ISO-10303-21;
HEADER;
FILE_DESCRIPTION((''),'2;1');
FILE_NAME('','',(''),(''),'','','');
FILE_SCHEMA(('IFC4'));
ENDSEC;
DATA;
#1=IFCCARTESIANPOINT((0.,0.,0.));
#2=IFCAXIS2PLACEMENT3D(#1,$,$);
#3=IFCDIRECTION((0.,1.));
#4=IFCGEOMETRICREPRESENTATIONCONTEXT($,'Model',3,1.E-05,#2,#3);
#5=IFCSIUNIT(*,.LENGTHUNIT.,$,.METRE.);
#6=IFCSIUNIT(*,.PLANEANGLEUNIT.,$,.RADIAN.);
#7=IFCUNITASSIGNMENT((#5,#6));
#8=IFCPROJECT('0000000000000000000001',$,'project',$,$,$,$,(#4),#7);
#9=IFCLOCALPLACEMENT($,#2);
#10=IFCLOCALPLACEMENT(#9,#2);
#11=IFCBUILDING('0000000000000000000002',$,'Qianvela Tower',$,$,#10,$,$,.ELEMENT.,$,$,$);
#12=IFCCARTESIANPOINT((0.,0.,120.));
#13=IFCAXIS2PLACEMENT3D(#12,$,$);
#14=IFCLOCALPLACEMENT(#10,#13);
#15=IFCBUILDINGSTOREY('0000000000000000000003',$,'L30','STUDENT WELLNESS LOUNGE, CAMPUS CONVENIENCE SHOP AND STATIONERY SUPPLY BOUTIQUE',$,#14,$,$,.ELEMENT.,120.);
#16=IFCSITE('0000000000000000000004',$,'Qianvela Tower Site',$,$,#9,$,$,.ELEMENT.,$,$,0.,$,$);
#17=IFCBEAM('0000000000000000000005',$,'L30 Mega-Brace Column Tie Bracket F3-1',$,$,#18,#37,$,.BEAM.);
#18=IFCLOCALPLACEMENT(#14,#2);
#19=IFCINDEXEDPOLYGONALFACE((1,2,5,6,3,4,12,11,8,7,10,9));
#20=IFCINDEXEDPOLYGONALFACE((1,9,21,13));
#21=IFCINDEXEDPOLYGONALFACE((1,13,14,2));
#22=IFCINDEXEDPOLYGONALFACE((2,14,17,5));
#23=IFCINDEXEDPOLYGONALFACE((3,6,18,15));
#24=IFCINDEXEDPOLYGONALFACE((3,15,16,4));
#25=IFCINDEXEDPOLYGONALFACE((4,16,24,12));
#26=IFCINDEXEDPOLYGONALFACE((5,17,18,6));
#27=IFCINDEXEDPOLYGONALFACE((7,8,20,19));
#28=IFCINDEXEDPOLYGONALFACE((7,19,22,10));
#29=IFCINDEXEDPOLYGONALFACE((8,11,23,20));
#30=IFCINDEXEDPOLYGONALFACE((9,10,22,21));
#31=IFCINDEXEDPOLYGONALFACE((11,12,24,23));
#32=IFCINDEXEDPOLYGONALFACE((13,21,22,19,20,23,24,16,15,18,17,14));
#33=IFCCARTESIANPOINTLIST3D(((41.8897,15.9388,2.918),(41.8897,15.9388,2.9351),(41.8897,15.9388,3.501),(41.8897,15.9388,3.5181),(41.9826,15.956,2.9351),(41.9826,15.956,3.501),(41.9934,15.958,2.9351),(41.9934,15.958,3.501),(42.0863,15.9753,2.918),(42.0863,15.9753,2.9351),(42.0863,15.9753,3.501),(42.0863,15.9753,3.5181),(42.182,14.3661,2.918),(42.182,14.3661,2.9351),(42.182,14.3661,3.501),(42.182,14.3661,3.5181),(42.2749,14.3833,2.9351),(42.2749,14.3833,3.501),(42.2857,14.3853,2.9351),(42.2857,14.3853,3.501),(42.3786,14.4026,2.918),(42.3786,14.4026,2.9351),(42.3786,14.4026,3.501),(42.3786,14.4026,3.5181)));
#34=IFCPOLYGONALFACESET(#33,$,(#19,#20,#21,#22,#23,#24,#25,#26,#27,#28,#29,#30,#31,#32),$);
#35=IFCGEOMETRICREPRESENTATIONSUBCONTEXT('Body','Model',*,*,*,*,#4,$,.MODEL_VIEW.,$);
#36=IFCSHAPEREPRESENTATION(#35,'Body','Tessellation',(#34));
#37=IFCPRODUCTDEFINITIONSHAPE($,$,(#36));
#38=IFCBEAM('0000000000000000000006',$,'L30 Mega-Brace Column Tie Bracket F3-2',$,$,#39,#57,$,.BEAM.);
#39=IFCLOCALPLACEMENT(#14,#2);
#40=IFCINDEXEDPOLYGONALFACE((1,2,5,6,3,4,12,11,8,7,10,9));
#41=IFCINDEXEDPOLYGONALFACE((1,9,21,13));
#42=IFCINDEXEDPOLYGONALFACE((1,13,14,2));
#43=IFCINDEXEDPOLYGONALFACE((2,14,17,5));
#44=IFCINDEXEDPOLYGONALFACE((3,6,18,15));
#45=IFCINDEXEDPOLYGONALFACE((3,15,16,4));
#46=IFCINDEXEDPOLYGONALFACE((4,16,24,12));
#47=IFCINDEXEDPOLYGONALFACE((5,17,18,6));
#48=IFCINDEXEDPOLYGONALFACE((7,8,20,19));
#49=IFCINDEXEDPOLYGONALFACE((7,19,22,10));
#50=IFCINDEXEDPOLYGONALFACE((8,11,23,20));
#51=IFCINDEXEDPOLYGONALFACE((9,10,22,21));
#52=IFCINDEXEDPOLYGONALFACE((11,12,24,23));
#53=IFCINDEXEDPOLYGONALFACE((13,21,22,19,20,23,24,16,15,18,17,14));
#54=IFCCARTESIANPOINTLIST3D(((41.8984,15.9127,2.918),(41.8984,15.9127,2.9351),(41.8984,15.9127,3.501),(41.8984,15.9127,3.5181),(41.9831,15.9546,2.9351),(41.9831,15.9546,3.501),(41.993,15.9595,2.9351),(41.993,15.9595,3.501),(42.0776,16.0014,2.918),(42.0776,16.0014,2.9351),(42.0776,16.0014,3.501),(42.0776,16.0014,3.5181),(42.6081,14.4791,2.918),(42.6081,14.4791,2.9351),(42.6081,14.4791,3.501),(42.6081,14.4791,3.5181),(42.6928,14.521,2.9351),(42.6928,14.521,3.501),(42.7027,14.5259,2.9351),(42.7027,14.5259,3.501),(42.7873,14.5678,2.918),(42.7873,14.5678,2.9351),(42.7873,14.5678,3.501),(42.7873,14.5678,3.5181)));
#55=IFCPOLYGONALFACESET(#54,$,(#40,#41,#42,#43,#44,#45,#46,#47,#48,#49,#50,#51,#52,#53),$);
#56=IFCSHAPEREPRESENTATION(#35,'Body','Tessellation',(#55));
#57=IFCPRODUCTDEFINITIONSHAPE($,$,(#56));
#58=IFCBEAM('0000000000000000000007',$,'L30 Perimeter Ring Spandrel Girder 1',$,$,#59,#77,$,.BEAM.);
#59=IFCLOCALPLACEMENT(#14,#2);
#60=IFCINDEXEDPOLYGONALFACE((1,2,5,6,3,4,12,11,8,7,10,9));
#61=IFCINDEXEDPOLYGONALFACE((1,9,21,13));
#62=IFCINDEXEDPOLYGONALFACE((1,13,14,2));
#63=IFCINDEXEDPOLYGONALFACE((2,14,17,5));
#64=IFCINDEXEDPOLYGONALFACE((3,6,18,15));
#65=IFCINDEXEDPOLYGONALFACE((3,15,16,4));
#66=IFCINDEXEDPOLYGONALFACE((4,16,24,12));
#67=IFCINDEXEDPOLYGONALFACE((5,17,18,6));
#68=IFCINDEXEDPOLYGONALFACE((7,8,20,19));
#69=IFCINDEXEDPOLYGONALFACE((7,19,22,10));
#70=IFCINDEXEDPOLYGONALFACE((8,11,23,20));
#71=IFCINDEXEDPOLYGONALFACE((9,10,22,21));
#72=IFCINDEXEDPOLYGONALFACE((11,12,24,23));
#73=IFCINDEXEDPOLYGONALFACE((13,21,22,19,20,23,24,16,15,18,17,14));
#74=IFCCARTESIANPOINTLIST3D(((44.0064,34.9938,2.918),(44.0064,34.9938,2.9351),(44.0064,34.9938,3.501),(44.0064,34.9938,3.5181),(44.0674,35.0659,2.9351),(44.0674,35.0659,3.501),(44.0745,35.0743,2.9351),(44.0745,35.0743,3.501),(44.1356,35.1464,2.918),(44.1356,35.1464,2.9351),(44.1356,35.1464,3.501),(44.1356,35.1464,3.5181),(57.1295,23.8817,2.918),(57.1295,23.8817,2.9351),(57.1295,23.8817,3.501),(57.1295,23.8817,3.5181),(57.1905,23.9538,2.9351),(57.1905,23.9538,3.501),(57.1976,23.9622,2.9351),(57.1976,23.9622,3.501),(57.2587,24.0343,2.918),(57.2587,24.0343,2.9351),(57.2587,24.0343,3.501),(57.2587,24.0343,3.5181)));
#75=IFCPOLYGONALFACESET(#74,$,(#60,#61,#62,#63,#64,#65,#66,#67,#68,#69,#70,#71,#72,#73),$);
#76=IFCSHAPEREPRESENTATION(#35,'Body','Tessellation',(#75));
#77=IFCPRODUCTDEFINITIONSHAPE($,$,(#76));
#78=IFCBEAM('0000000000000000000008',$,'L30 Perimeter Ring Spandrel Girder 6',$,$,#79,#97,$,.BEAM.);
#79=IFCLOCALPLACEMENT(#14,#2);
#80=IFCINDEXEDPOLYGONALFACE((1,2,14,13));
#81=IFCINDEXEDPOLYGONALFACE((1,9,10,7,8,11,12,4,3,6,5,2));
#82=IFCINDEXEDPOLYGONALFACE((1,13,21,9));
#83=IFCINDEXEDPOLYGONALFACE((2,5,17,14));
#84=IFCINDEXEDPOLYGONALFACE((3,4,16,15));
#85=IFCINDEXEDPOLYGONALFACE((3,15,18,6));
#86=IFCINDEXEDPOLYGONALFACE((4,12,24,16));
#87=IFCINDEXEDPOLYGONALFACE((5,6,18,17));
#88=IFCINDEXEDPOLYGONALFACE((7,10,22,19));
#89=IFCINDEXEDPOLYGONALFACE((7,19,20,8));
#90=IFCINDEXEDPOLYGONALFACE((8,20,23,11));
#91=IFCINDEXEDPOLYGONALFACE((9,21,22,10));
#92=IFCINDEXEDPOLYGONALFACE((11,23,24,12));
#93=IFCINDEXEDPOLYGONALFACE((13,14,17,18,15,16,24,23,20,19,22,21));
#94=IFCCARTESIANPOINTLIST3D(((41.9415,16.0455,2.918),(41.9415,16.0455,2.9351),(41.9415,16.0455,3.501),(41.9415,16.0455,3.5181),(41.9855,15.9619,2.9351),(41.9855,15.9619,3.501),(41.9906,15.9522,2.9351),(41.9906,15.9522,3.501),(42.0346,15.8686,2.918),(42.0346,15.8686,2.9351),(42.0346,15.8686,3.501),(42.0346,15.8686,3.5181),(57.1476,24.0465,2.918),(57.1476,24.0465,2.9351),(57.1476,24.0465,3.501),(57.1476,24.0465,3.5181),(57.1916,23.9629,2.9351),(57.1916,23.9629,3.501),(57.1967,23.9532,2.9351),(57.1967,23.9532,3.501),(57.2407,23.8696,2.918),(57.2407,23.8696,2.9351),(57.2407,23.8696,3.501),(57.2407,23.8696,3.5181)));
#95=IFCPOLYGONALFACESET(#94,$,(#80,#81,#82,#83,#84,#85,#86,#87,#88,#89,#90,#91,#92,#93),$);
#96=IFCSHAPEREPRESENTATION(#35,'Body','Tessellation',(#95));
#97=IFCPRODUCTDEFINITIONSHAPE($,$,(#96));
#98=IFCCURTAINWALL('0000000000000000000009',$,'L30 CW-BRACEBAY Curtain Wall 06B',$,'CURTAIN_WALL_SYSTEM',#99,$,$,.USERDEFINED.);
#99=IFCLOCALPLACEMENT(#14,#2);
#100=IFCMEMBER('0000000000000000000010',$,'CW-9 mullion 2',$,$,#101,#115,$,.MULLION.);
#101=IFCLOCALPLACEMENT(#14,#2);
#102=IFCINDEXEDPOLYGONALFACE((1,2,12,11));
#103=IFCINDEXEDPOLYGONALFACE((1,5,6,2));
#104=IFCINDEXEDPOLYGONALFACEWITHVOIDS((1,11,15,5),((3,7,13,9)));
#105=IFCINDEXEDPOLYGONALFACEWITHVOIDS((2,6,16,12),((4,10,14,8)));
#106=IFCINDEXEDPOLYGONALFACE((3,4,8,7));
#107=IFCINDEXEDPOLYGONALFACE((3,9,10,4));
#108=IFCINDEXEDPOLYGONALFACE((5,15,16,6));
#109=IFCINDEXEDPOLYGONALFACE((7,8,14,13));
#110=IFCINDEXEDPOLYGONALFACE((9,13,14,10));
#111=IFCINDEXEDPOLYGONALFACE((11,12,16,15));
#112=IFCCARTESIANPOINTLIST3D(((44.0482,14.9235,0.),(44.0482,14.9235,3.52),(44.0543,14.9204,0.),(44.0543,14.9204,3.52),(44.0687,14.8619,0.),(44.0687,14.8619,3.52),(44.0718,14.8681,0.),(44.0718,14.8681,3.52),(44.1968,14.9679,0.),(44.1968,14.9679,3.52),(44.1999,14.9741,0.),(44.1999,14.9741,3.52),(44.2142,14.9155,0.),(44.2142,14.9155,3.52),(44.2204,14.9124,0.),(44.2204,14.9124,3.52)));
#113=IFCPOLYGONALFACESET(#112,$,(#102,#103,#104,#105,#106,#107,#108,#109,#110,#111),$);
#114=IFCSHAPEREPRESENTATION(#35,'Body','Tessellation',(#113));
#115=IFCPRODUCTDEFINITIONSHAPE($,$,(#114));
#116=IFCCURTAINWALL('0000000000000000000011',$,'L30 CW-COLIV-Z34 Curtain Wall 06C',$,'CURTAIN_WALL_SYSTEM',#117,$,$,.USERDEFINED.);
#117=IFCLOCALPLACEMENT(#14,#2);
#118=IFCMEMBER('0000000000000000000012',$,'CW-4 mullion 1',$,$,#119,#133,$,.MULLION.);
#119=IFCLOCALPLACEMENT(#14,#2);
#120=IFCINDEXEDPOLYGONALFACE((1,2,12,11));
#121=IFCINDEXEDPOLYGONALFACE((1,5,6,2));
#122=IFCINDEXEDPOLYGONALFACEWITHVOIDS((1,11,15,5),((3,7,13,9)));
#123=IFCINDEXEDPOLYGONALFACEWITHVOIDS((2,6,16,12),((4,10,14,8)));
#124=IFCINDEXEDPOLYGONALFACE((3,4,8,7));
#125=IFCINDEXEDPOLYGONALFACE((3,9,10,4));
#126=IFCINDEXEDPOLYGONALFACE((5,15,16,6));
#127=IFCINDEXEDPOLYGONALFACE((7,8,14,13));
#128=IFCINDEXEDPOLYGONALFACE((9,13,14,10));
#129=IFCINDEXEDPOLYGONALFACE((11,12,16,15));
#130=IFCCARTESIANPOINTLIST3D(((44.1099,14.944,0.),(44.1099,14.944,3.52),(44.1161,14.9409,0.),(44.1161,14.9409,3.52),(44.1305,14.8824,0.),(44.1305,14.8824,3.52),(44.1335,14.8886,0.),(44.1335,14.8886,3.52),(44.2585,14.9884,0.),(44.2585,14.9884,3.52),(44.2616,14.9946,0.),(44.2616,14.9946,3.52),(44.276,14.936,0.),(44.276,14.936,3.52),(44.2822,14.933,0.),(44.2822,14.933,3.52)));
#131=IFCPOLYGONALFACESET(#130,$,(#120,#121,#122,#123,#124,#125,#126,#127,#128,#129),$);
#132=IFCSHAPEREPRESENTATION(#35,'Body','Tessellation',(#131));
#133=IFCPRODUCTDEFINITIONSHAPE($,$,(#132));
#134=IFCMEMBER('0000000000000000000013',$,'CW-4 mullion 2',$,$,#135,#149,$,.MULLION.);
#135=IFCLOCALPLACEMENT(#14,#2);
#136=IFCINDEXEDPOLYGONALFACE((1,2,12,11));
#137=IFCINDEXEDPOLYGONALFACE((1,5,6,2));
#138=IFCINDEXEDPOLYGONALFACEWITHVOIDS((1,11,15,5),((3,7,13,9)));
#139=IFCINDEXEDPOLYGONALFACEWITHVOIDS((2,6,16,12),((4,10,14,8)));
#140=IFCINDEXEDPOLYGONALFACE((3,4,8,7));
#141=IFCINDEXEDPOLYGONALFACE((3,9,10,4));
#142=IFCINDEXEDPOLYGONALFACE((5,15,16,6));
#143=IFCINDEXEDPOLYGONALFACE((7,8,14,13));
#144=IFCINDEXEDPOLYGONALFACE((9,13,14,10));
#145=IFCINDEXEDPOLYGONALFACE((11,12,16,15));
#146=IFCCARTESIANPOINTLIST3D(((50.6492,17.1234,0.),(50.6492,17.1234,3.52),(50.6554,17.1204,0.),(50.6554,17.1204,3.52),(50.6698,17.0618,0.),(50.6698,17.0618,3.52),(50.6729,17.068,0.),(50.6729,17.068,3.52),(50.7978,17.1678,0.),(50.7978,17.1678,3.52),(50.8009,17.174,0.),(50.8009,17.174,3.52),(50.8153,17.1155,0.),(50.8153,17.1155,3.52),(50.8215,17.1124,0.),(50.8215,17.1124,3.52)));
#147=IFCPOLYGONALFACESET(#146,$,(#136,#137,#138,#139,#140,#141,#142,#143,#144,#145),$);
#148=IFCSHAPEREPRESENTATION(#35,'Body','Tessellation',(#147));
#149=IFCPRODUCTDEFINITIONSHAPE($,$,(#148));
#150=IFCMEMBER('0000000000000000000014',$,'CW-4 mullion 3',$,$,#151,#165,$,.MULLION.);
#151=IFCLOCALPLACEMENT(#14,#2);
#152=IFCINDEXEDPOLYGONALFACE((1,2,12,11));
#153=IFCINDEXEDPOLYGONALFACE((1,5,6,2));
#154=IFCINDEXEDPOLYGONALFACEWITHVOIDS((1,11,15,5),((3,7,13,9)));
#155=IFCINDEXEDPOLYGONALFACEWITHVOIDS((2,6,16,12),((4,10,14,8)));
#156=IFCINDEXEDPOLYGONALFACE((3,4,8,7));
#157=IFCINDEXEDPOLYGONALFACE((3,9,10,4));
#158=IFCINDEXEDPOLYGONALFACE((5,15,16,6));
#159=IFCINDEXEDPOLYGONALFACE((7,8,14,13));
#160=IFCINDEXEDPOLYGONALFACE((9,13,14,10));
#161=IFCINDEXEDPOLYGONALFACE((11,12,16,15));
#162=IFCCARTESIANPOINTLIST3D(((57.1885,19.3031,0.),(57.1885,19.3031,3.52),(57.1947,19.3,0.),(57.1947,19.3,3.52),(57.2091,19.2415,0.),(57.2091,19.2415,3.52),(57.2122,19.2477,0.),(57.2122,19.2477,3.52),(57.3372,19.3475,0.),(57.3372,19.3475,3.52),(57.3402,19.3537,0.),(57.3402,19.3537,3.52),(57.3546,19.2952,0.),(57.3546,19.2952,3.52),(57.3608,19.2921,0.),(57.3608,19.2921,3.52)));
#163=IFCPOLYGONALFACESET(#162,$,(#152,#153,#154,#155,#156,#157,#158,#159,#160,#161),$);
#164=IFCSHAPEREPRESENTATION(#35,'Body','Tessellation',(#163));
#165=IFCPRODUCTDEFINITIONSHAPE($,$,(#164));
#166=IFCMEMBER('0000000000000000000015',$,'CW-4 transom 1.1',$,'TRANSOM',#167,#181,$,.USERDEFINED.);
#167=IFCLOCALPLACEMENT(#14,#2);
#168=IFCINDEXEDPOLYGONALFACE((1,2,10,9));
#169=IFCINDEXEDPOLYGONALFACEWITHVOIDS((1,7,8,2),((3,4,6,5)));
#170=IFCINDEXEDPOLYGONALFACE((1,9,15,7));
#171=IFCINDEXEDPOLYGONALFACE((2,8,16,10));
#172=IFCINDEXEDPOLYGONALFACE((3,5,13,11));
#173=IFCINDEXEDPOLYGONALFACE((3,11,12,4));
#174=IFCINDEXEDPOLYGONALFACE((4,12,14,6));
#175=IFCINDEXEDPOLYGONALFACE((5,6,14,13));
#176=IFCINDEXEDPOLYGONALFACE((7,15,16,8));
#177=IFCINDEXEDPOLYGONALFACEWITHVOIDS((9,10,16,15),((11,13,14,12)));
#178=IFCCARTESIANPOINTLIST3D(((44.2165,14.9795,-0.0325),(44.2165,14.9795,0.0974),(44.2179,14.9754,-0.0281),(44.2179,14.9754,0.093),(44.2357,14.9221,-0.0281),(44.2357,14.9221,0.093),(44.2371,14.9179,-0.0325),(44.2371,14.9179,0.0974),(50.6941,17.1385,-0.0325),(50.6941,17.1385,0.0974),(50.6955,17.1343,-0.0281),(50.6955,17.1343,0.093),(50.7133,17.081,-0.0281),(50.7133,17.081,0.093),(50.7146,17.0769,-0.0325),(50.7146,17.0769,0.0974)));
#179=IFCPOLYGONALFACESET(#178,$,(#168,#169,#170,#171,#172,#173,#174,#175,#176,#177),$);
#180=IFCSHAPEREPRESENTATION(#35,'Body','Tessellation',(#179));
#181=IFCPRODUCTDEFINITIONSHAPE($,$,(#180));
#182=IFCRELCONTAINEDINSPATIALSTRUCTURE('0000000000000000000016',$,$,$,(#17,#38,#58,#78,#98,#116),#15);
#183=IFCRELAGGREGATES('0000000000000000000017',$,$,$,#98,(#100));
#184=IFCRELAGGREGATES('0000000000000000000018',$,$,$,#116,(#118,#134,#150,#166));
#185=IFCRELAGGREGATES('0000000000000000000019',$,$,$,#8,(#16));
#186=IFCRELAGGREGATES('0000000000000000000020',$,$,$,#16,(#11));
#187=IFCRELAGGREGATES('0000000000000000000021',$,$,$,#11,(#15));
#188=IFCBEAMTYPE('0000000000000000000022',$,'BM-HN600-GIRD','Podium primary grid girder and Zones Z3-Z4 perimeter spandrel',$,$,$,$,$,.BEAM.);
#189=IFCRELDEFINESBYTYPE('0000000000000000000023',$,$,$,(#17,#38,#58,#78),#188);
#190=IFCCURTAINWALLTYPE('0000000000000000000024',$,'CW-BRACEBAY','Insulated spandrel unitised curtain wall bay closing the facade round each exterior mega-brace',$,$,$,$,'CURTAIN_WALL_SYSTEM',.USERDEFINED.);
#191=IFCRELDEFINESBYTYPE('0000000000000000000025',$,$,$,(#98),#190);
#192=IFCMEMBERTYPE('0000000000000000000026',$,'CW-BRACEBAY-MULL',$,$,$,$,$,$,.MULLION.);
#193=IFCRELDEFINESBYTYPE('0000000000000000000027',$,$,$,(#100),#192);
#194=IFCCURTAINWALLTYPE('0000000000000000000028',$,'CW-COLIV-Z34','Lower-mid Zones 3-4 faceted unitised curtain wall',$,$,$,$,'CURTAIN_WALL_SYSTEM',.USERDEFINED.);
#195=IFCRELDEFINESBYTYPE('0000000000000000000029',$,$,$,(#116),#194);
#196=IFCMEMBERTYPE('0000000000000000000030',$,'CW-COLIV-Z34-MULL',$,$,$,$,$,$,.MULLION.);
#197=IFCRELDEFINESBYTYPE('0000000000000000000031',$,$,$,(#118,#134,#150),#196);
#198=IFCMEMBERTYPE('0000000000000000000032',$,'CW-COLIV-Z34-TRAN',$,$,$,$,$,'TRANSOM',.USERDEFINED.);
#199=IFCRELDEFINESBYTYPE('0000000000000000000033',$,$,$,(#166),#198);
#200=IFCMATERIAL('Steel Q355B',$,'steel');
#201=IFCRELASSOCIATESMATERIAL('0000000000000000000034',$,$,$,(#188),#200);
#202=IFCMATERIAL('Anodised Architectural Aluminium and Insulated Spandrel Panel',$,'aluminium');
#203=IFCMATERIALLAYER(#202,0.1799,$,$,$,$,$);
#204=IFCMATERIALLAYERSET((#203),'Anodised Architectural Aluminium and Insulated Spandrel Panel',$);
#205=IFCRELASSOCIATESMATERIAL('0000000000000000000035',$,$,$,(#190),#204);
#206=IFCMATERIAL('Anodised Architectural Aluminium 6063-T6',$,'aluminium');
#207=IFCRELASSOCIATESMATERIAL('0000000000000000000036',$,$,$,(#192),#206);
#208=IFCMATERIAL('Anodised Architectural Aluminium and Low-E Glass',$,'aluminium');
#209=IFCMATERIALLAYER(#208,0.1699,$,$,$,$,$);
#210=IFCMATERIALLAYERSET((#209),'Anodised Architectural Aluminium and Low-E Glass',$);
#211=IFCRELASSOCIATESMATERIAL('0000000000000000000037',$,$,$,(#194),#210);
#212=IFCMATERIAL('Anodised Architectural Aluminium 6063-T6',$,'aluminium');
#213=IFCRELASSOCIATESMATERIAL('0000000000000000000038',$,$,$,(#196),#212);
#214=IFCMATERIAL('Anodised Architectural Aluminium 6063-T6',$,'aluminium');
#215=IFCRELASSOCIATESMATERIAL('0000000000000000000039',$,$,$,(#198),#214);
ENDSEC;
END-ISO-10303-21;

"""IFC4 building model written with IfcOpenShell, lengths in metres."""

from ifc_helpers import new_model, si_unit, direction, frame, origin, origin_2d, place, context, subcontext, project, spatial, hollow_rectangle, i_section, extrude, material, layer, layer_set, material_profile, profile_set, type_object, element, aggregate, save


model = new_model("IFC4")

# Units and contexts
model_context = context("Model", 3, precision=1e-05, world=origin(), true_north=direction((0.0, 1.0)))
body_context = subcontext(model_context, "Body", "Model", "MODEL_VIEW")
ifc_project = project(units=[si_unit("LENGTHUNIT", "METRE"), si_unit("PLANEANGLEUNIT", "RADIAN")], contexts=[model_context])

# Site, building, storey
site_placement = place(None, origin())
site = spatial("IfcSite", under=ifc_project, at=site_placement, Name="Qianvela Tower Site", CompositionType="ELEMENT", RefElevation=0.0)
building_placement = place(site_placement, origin())
building = spatial("IfcBuilding", under=site, at=building_placement, Name="Qianvela Tower", CompositionType="ELEMENT")
storey_placement = place(building_placement, frame((0.0, 0.0, 120.0)))
storey = spatial("IfcBuildingStorey", under=building, at=storey_placement, Name="L30", Description="STUDENT WELLNESS LOUNGE, CAMPUS CONVENIENCE SHOP AND STATIONERY SUPPLY BOUTIQUE", CompositionType="ELEMENT", Elevation=120.0)

# Beams
ifc_material_1 = material(Name="Steel Q355B", Category="steel")
ifc_material_profile_1 = material_profile(ifc_material_1, i_section(OverallWidth=0.2, OverallDepth=0.6001, WebThickness=0.011, FlangeThickness=0.0171, at=origin_2d()), Name="HN600x200x11x17")
ifc_profile_set_1 = profile_set([ifc_material_profile_1], Name="Steel Q355B")
beam_type = type_object("IfcBeamType", Name="BM-HN600-GIRD", Description="Podium primary grid girder and Zones Z3-Z4 perimeter spandrel", PredefinedType="BEAM", material=ifc_profile_set_1)
for number, where, z_axis, x_axis, name in (
    (1, (41.988, 15.957, 3.218), (0.182685, -0.983172, 0.0), (0.983172, 0.182685, 0.0), "L30 Mega-Brace Column Tie Bracket F3-1"),
    (2, (41.988, 15.957, 3.218), (0.443669, -0.896191, 0.0), (0.896191, 0.443669, 0.0), "L30 Mega-Brace Column Tie Bracket F3-2"),
):
    element("IfcBeam", number, at=place(storey_placement, frame(where, z_axis=z_axis, x_axis=x_axis)), inside=storey, type_object=beam_type, Name=name, PredefinedType="BEAM", context=body_context, shape_type="SweptSolid", body=[
        extrude(i_section(OverallWidth=0.2, OverallDepth=0.6001, WebThickness=0.011, FlangeThickness=0.0171, at=origin_2d()), origin(), (0.0, 0.0, 1.0), 1.5996),
    ])
beam_1_placement = place(storey_placement, frame((57.1941, 23.958, 3.218), z_axis=(-0.763158, 0.646211, 0.0), x_axis=(-0.646211, -0.763158, 0.0)))
element("IfcBeam", 3, at=beam_1_placement, inside=storey, type_object=beam_type, Name="L30 Perimeter Ring Spandrel Girder 1", PredefinedType="BEAM", context=body_context, shape_type="SweptSolid", body=[
    extrude(i_section(OverallWidth=0.2, OverallDepth=0.6001, WebThickness=0.011, FlangeThickness=0.0171, at=origin_2d()), origin(), (0.0, 0.0, 1.0), 17.1958),
])
beam_2_placement = place(storey_placement, frame((41.988, 15.957, 3.218), z_axis=(0.884971, 0.465646, 0.0), x_axis=(-0.465646, 0.884971, 0.0)))
element("IfcBeam", 4, at=beam_2_placement, inside=storey, type_object=beam_type, Name="L30 Perimeter Ring Spandrel Girder 6", PredefinedType="BEAM", context=body_context, shape_type="SweptSolid", body=[
    extrude(i_section(OverallWidth=0.2, OverallDepth=0.6001, WebThickness=0.011, FlangeThickness=0.0171, at=origin_2d()), origin(), (0.0, 0.0, 1.0), 17.1826),
])

# Curtain wall, member
ifc_material_2 = material(Name="Anodised Architectural Aluminium and Insulated Spandrel Panel", Category="aluminium")
ifc_layer_1 = layer(ifc_material_2, 0.1799)
ifc_layer_set_1 = layer_set([ifc_layer_1], Name="Anodised Architectural Aluminium and Insulated Spandrel Panel")
curtain_wall_type_1 = type_object("IfcCurtainWallType", Name="CW-BRACEBAY", Description="Insulated spandrel unitised curtain wall bay closing the facade round each exterior mega-brace", ElementType="CURTAIN_WALL_SYSTEM", PredefinedType="USERDEFINED", material=ifc_layer_set_1)
curtain_wall_1_placement = place(storey_placement, origin())
curtain_wall_1 = element("IfcCurtainWall", 5, at=curtain_wall_1_placement, inside=storey, type_object=curtain_wall_type_1, Name="L30 CW-BRACEBAY Curtain Wall 06B", ObjectType="CURTAIN_WALL_SYSTEM", PredefinedType="USERDEFINED")
ifc_material_3 = material(Name="Anodised Architectural Aluminium 6063-T6", Category="aluminium")
ifc_material_profile_2 = material_profile(ifc_material_3, hollow_rectangle(XDim=0.0649, YDim=0.1599, WallThickness=0.0049, at=origin_2d()), Name="ALU-MULL-65x160")
ifc_profile_set_2 = profile_set([ifc_material_profile_2], Name="Anodised Architectural Aluminium 6063-T6")
member_type_1 = type_object("IfcMemberType", Name="CW-BRACEBAY-MULL", PredefinedType="MULLION", material=ifc_profile_set_2)
member_1_placement = place(storey_placement, frame((44.1343, 14.918, 0.0), z_axis=(0.0, 0.0, 1.0), x_axis=(-0.316202, 0.948692, 0.0)))
member_1 = element("IfcMember", 6, at=member_1_placement, type_object=member_type_1, Name="CW-9 mullion 2", PredefinedType="MULLION", context=body_context, shape_type="SweptSolid", body=[
    extrude(hollow_rectangle(XDim=0.0649, YDim=0.1599, WallThickness=0.0049, at=origin_2d()), origin(), (0.0, 0.0, 1.0), 3.52),
])

# Curtain wall, members
ifc_material_4 = material(Name="Anodised Architectural Aluminium and Low-E Glass", Category="aluminium")
ifc_layer_2 = layer(ifc_material_4, 0.1699)
ifc_layer_set_2 = layer_set([ifc_layer_2], Name="Anodised Architectural Aluminium and Low-E Glass")
curtain_wall_type_2 = type_object("IfcCurtainWallType", Name="CW-COLIV-Z34", Description="Lower-mid Zones 3-4 faceted unitised curtain wall", ElementType="CURTAIN_WALL_SYSTEM", PredefinedType="USERDEFINED", material=ifc_layer_set_2)
curtain_wall_2_placement = place(storey_placement, origin())
curtain_wall_2 = element("IfcCurtainWall", 7, at=curtain_wall_2_placement, inside=storey, type_object=curtain_wall_type_2, Name="L30 CW-COLIV-Z34 Curtain Wall 06C", ObjectType="CURTAIN_WALL_SYSTEM", PredefinedType="USERDEFINED")
ifc_material_5 = material(Name="Anodised Architectural Aluminium 6063-T6", Category="aluminium")
ifc_material_profile_3 = material_profile(ifc_material_5, hollow_rectangle(XDim=0.0649, YDim=0.1599, WallThickness=0.0049, at=origin_2d()), Name="ALU-MULL-65x160")
ifc_profile_set_3 = profile_set([ifc_material_profile_3], Name="Anodised Architectural Aluminium 6063-T6")
member_type_2 = type_object("IfcMemberType", Name="CW-COLIV-Z34-MULL", PredefinedType="MULLION", material=ifc_profile_set_3)
member_2_placement = place(storey_placement, frame((44.196, 14.9385, 0.0), z_axis=(0.0, 0.0, 1.0), x_axis=(-0.316195, 0.948694, 0.0)))
member_2 = element("IfcMember", 8, at=member_2_placement, type_object=member_type_2, Name="CW-4 mullion 1", PredefinedType="MULLION", context=body_context, shape_type="SweptSolid", body=[
    extrude(hollow_rectangle(XDim=0.0649, YDim=0.1599, WallThickness=0.0049, at=origin_2d()), origin(), (0.0, 0.0, 1.0), 3.52),
])
member_3_placement = place(storey_placement, frame((50.7354, 17.1179, 0.0), z_axis=(0.0, 0.0, 1.0), x_axis=(-0.316195, 0.948694, 0.0)))
member_3 = element("IfcMember", 9, at=member_3_placement, type_object=member_type_2, Name="CW-4 mullion 2", PredefinedType="MULLION", context=body_context, shape_type="SweptSolid", body=[
    extrude(hollow_rectangle(XDim=0.0649, YDim=0.1599, WallThickness=0.0049, at=origin_2d()), origin(), (0.0, 0.0, 1.0), 3.52),
])
member_4_placement = place(storey_placement, frame((57.2747, 19.2976, 0.0), z_axis=(0.0, 0.0, 1.0), x_axis=(-0.316195, 0.948694, 0.0)))
member_4 = element("IfcMember", 10, at=member_4_placement, type_object=member_type_2, Name="CW-4 mullion 3", PredefinedType="MULLION", context=body_context, shape_type="SweptSolid", body=[
    extrude(hollow_rectangle(XDim=0.0649, YDim=0.1599, WallThickness=0.0049, at=origin_2d()), origin(), (0.0, 0.0, 1.0), 3.52),
])
ifc_material_6 = material(Name="Anodised Architectural Aluminium 6063-T6", Category="aluminium")
ifc_material_profile_4 = material_profile(ifc_material_6, hollow_rectangle(XDim=0.0649, YDim=0.1299, WallThickness=0.0044, at=origin_2d()), Name="ALU-TRAN-65x130")
ifc_profile_set_4 = profile_set([ifc_material_profile_4], Name="Anodised Architectural Aluminium 6063-T6")
member_type_3 = type_object("IfcMemberType", Name="CW-COLIV-Z34-TRAN", ElementType="TRANSOM", PredefinedType="USERDEFINED", material=ifc_profile_set_4)
member_5_placement = place(storey_placement, frame((44.2268, 14.9487, 0.0325), z_axis=(0.948694, 0.316196, 0.0), x_axis=(-0.316196, 0.948694, 0.0)))
member_5 = element("IfcMember", 11, at=member_5_placement, type_object=member_type_3, Name="CW-4 transom 1.1", ObjectType="TRANSOM", PredefinedType="USERDEFINED", context=body_context, shape_type="SweptSolid", body=[
    extrude(hollow_rectangle(XDim=0.0649, YDim=0.1299, WallThickness=0.0044, at=origin_2d()), origin(), (0.0, 0.0, 1.0), 6.8279),
])

aggregate(curtain_wall_1, [member_1])
aggregate(curtain_wall_2, [member_2, member_3, member_4, member_5])

save(model, "model.ifc")
